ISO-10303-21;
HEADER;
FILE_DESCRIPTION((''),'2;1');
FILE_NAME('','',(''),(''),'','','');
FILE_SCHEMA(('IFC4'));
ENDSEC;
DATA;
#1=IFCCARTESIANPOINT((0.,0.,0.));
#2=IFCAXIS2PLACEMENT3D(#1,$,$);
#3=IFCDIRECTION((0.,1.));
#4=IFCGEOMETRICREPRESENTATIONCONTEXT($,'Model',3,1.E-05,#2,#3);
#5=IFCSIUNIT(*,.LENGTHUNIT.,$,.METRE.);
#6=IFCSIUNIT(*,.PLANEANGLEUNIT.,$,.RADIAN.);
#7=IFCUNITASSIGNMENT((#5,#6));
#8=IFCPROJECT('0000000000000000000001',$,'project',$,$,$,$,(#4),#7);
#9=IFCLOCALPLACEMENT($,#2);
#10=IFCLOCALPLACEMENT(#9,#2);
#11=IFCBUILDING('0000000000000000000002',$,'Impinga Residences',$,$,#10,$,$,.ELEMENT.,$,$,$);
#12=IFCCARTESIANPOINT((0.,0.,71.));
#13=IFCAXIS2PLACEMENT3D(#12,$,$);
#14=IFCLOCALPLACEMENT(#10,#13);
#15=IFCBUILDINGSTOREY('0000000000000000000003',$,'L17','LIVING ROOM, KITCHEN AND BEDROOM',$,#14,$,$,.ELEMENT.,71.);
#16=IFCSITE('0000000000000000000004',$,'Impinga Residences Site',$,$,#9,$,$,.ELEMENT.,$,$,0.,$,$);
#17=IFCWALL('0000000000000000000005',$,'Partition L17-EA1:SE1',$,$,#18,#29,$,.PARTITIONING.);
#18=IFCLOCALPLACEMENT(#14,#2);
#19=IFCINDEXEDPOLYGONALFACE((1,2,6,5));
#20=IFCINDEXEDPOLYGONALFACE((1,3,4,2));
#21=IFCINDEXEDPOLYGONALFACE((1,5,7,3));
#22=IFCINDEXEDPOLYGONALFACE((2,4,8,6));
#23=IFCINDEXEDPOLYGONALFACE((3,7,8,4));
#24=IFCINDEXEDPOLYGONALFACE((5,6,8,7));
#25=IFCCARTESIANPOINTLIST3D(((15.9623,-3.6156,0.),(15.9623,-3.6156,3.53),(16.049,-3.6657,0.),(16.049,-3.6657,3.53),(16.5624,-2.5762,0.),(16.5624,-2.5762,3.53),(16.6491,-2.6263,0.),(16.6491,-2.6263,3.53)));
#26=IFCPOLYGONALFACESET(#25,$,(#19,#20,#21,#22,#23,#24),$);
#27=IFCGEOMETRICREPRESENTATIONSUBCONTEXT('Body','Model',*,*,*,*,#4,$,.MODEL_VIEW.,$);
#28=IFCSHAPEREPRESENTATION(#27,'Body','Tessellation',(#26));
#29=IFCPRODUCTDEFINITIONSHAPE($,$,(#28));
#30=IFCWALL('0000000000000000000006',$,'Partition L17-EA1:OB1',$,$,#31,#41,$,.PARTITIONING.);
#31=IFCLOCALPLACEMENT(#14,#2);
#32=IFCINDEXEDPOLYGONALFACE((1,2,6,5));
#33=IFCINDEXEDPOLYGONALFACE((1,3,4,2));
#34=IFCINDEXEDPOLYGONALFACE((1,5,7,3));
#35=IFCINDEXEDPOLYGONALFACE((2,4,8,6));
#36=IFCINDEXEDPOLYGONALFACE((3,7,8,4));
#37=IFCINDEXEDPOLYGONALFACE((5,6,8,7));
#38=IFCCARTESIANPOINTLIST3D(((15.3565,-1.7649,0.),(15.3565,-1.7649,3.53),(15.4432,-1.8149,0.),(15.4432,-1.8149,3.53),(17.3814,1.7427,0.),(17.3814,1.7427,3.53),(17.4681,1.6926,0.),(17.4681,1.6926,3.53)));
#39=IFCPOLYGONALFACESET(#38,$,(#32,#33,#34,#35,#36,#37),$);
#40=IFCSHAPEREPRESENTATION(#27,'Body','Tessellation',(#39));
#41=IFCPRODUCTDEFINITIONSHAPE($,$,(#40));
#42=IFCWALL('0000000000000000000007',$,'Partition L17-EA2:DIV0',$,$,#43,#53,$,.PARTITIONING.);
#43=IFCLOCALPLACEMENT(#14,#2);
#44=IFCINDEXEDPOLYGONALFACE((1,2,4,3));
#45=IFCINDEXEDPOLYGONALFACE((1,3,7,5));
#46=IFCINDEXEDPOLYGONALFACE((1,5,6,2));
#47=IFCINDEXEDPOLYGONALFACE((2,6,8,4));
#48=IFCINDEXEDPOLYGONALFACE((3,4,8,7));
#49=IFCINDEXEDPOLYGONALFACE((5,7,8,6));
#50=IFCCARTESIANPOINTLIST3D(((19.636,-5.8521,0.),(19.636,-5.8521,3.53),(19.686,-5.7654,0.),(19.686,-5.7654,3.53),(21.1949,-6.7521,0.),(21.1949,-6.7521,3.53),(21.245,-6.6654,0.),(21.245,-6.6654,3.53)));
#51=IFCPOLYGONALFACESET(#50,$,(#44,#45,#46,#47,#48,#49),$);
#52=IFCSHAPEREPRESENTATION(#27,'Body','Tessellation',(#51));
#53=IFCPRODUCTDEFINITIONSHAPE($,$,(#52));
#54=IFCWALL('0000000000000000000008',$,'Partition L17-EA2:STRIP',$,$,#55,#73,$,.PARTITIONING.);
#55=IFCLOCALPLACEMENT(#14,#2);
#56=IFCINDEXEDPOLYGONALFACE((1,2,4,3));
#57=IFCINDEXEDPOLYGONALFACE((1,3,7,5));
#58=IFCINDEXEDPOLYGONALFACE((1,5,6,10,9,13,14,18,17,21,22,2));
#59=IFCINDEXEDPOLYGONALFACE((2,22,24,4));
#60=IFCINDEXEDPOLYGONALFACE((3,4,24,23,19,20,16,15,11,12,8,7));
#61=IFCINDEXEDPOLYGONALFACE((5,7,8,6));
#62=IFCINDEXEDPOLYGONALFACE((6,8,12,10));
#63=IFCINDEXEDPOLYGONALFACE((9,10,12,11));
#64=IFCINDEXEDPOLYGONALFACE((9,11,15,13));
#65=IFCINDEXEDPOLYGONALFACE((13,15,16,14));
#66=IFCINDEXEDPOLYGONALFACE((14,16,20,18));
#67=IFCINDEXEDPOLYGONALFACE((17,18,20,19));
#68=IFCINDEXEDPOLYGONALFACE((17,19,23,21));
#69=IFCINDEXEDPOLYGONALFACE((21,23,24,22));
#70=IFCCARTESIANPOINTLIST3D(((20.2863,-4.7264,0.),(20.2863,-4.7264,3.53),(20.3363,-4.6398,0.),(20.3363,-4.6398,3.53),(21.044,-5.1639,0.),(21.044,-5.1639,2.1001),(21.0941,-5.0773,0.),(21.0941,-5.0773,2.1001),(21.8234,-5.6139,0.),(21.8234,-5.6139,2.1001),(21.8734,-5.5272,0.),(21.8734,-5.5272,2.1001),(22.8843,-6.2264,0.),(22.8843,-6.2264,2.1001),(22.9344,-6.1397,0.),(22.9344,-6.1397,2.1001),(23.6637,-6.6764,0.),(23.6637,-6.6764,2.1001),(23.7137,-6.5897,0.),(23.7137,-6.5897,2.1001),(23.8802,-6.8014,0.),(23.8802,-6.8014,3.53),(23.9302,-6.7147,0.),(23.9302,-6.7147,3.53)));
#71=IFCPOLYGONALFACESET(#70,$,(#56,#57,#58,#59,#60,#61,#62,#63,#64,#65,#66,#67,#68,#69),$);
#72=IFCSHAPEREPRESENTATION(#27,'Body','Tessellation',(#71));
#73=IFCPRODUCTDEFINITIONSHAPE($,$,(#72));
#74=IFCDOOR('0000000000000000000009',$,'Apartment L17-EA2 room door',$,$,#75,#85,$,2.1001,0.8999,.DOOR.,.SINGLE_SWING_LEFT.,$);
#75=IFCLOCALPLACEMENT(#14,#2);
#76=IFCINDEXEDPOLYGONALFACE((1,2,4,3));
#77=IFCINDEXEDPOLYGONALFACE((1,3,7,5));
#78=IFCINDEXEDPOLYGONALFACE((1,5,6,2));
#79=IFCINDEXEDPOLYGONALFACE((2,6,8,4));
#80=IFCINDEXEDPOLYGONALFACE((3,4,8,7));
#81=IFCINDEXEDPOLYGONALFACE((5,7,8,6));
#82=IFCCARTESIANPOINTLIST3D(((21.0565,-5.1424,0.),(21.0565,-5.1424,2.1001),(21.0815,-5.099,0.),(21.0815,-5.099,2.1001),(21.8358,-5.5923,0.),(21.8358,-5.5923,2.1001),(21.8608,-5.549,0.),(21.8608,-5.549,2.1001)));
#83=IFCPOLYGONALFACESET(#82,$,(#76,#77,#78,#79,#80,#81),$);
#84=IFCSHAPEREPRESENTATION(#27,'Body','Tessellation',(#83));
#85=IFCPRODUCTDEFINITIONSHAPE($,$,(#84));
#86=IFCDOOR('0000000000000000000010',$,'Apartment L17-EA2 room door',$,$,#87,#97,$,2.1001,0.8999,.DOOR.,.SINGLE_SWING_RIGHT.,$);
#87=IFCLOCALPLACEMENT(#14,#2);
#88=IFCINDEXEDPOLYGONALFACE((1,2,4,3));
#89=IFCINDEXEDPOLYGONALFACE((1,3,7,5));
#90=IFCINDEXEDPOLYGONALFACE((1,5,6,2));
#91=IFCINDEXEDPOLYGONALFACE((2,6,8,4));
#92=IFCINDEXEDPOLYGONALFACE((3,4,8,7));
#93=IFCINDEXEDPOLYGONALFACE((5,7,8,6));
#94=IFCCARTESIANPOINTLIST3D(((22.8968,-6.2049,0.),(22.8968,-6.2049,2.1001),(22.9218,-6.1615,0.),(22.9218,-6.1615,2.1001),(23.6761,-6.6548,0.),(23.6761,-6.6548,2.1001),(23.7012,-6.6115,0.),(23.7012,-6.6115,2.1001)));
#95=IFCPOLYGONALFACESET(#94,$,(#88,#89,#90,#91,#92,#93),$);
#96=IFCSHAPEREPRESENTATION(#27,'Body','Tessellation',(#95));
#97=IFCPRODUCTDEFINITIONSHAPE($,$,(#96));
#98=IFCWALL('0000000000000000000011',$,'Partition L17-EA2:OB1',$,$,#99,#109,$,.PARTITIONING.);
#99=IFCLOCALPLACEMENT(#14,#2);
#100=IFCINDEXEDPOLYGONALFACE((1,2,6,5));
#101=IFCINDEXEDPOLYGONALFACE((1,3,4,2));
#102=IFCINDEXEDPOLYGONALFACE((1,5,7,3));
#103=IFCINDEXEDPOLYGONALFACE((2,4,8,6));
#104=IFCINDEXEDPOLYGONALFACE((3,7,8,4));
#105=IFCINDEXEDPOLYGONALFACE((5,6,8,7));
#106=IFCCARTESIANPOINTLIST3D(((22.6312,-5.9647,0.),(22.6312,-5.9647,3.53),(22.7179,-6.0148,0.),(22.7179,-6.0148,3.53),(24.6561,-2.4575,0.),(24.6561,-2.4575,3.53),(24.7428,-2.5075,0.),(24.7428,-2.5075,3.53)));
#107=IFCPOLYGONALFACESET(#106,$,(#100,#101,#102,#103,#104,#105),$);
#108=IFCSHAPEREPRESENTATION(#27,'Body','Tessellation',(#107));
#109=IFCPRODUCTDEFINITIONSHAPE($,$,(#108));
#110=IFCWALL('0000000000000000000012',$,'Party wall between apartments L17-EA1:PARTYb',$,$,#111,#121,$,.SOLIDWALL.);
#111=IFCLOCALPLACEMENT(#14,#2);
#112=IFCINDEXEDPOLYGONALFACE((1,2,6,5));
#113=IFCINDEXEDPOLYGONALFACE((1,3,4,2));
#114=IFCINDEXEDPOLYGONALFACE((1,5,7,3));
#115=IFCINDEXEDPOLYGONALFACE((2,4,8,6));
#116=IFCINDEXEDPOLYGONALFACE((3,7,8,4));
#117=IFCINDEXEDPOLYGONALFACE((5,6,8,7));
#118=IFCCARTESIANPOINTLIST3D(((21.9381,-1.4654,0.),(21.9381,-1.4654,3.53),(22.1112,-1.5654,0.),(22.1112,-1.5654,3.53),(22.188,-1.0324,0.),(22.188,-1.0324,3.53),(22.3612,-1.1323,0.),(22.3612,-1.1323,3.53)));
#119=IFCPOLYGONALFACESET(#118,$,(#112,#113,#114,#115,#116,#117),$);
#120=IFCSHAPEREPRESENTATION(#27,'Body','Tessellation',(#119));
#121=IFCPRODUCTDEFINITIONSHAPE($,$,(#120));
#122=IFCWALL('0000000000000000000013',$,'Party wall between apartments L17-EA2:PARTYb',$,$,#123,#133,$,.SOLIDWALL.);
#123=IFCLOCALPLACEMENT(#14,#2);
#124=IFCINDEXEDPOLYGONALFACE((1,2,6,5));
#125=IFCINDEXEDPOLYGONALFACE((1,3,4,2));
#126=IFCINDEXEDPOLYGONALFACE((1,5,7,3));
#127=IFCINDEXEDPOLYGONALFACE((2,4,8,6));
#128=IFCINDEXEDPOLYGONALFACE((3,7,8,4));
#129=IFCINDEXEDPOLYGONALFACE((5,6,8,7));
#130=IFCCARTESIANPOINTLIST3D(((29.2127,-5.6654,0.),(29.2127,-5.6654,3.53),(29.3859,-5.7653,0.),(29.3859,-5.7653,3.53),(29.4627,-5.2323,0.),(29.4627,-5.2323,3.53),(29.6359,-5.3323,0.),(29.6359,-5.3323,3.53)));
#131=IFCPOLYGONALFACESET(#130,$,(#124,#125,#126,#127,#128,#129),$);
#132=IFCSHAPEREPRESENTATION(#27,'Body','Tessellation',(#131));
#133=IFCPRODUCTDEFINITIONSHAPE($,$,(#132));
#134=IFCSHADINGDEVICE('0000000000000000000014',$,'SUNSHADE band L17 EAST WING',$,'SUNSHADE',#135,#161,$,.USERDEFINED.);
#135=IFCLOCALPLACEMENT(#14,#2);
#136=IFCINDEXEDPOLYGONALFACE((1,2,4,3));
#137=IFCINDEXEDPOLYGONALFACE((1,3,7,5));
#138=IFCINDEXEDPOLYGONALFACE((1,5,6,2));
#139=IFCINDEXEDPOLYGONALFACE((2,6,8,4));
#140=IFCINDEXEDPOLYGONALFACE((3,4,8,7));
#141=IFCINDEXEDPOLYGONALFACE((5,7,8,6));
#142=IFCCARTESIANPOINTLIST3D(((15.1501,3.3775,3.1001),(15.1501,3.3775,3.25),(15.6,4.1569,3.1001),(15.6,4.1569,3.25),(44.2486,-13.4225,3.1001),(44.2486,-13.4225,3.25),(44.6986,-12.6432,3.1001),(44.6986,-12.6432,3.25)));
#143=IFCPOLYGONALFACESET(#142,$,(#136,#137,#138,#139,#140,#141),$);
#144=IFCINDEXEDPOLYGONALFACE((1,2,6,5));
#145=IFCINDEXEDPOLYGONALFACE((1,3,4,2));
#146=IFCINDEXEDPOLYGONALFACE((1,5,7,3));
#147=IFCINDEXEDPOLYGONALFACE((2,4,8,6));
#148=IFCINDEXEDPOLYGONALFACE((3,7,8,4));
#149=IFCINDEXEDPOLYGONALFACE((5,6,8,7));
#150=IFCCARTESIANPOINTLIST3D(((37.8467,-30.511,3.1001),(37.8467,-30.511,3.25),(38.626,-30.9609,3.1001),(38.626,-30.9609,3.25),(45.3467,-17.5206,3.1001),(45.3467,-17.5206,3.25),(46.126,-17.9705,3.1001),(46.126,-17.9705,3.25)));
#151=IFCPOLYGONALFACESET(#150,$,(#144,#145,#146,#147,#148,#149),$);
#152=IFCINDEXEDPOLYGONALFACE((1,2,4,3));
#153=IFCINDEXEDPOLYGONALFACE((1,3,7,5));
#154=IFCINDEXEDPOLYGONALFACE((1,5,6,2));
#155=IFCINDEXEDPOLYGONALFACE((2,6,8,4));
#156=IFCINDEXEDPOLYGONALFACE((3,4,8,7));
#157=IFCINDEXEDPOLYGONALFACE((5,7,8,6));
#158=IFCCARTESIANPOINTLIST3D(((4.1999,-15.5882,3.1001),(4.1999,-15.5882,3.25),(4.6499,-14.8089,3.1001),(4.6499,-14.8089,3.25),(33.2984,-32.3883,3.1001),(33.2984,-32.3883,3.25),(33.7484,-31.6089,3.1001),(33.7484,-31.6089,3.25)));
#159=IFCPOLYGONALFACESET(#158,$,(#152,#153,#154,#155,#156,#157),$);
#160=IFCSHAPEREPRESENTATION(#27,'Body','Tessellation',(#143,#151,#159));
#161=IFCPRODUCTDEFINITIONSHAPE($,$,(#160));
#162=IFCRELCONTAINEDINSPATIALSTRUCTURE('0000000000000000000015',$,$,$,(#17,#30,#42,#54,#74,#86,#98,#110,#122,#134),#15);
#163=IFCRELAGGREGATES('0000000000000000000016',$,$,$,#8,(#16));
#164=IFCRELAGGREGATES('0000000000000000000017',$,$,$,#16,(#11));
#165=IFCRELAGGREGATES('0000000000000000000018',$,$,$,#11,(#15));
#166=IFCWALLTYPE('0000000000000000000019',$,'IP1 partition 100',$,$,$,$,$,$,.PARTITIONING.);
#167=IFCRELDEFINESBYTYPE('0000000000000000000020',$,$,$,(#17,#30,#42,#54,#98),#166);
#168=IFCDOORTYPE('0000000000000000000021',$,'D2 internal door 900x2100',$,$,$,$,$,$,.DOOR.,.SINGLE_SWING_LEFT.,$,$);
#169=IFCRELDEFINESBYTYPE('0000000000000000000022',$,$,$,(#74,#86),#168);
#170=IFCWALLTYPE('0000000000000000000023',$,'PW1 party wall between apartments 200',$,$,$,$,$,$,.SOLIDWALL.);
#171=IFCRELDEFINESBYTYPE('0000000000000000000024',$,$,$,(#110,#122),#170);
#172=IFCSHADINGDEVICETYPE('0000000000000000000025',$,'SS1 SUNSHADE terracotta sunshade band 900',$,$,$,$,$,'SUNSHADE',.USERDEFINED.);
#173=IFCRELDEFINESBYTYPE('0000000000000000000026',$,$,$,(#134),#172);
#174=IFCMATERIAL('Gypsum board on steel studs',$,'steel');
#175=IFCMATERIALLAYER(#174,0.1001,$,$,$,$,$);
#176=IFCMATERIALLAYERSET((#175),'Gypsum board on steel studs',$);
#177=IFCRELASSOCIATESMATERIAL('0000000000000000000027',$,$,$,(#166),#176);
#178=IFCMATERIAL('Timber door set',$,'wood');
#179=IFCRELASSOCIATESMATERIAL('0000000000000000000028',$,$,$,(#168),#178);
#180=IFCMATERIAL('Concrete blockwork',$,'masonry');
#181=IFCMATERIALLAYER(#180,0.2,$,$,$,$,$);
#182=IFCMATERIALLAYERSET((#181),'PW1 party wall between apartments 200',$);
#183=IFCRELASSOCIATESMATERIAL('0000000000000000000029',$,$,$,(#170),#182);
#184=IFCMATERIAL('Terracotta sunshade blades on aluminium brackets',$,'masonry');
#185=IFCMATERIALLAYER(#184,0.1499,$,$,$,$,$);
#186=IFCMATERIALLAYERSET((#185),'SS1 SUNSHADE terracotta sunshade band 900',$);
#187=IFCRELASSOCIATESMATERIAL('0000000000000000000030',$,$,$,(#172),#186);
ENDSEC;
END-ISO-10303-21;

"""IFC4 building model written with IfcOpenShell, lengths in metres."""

from ifc_helpers import new_model, si_unit, direction, frame, frame_2d, origin, origin_2d, place, context, subcontext, project, spatial, rectangle, extrude, material, layer, layer_set, type_object, element, fill, save


model = new_model("IFC4")

# Units and contexts
model_context = context("Model", 3, precision=1e-05, world=origin(), true_north=direction((0.0, 1.0)))
body_context = subcontext(model_context, "Body", "Model", "MODEL_VIEW")
ifc_project = project(units=[si_unit("LENGTHUNIT", "METRE"), si_unit("PLANEANGLEUNIT", "RADIAN")], contexts=[model_context])

# Site, building, storey
site_placement = place(None, origin())
site = spatial("IfcSite", under=ifc_project, at=site_placement, Name="Impinga Residences Site", CompositionType="ELEMENT", RefElevation=0.0)
building_placement = place(site_placement, origin())
building = spatial("IfcBuilding", under=site, at=building_placement, Name="Impinga Residences", CompositionType="ELEMENT")
storey_placement = place(building_placement, frame((0.0, 0.0, 71.0)))
storey = spatial("IfcBuildingStorey", under=building, at=storey_placement, Name="L17", Description="LIVING ROOM, KITCHEN AND BEDROOM", CompositionType="ELEMENT", Elevation=71.0)

# Walls
ifc_material_1 = material(Name="Gypsum board on steel studs", Category="steel")
ifc_layer_1 = layer(ifc_material_1, 0.1001)
ifc_layer_set_1 = layer_set([ifc_layer_1], Name="Gypsum board on steel studs")
wall_type_1 = type_object("IfcWallType", Name="IP1 partition 100", PredefinedType="PARTITIONING", material=ifc_layer_set_1)
wall_1_placement = place(storey_placement, frame((16.0056, -3.6406, 0.0), z_axis=(0.0, 0.0, 1.0), x_axis=(0.500034, 0.866006, 0.0)))
element("IfcWall", 1, at=wall_1_placement, inside=storey, type_object=wall_type_1, Name="Partition L17-EA1:SE1", PredefinedType="PARTITIONING", context=body_context, shape_type="SweptSolid", body=[
    extrude(rectangle(XDim=1.2002, YDim=0.1001, at=frame_2d((0.6001, 0.0))), origin(), (0.0, 0.0, 1.0), 3.53),
])
wall_2_placement = place(storey_placement, frame((15.3999, -1.7898, 0.0), z_axis=(0.0, 0.0, 1.0), x_axis=(0.499964, 0.866046, 0.0)))
element("IfcWall", 2, at=wall_2_placement, inside=storey, type_object=wall_type_1, Name="Partition L17-EA1:OB1", PredefinedType="PARTITIONING", context=body_context, shape_type="SweptSolid", body=[
    extrude(rectangle(XDim=4.05, YDim=0.1001, at=frame_2d((2.0249, 0.0))), origin(), (0.0, 0.0, 1.0), 3.53),
])
wall_3_placement = place(storey_placement, frame((19.6611, -5.8088, 0.0), z_axis=(0.0, 0.0, 1.0), x_axis=(0.866048, -0.499961, 0.0)))
element("IfcWall", 3, at=wall_3_placement, inside=storey, type_object=wall_type_1, Name="Partition L17-EA2:DIV0", PredefinedType="PARTITIONING", context=body_context, shape_type="SweptSolid", body=[
    extrude(rectangle(XDim=1.8, YDim=0.1001, at=frame_2d((0.8999, 0.0))), origin(), (0.0, 0.0, 1.0), 3.53),
])

# Wall, openings, doors
wall_4_placement = place(storey_placement, frame((20.3113, -4.6831, 0.0), z_axis=(0.0, 0.0, 1.0), x_axis=(0.86603, -0.499992, 0.0)))
wall_4 = element("IfcWall", 4, at=wall_4_placement, inside=storey, type_object=wall_type_1, Name="Partition L17-EA2:STRIP", PredefinedType="PARTITIONING", context=body_context, shape_type="SweptSolid", body=[
    extrude(rectangle(XDim=4.1499, YDim=0.1001, at=frame_2d((2.075, 0.0))), origin(), (0.0, 0.0, 1.0), 3.53),
])
opening_1_placement = place(wall_4_placement, frame((0.875, 0.0, 0.0)))
opening_1 = element("IfcOpeningElement", 5, at=opening_1_placement, cuts=wall_4, PredefinedType="OPENING", context=body_context, shape_type="SweptSolid", body=[
    extrude(rectangle(XDim=0.8999, YDim=2.1001, at=frame_2d((0.45, 1.05))), frame((0.0, 0.0601, 0.0), z_axis=(0.0, -1.0, 0.0), x_axis=(1.0, 0.0, 0.0)), (0.0, 0.0, 1.0), 0.1201),
])
opening_2_placement = place(wall_4_placement, frame((3.0, 0.0, 0.0)))
opening_2 = element("IfcOpeningElement", 6, at=opening_2_placement, cuts=wall_4, PredefinedType="OPENING", context=body_context, shape_type="SweptSolid", body=[
    extrude(rectangle(XDim=0.8999, YDim=2.1001, at=frame_2d((0.45, 1.05))), frame((0.0, 0.0601, 0.0), z_axis=(0.0, -1.0, 0.0), x_axis=(1.0, 0.0, 0.0)), (0.0, 0.0, 1.0), 0.1201),
])
ifc_material_2 = material(Name="Timber door set", Category="wood")
door_type = type_object("IfcDoorType", Name="D2 internal door 900x2100", OperationType="SINGLE_SWING_LEFT", PredefinedType="DOOR", material=ifc_material_2)
door_1_placement = place(opening_1_placement, origin())
door_1 = element("IfcDoor", 7, at=door_1_placement, inside=storey, type_object=door_type, Name="Apartment L17-EA2 room door", OperationType="SINGLE_SWING_LEFT", OverallHeight=2.1001, OverallWidth=0.8999, PredefinedType="DOOR", context=body_context, shape_type="SweptSolid", body=[
    extrude(rectangle(XDim=0.8999, YDim=2.1001, at=frame_2d((0.45, 1.05))), frame((0.0, 0.0249, 0.0), z_axis=(0.0, -1.0, 0.0), x_axis=(1.0, 0.0, 0.0)), (0.0, 0.0, 1.0), 0.05),
])
fill(opening_1, door_1)
door_2_placement = place(opening_2_placement, origin())
door_2 = element("IfcDoor", 8, at=door_2_placement, inside=storey, type_object=door_type, Name="Apartment L17-EA2 room door", OperationType="SINGLE_SWING_RIGHT", OverallHeight=2.1001, OverallWidth=0.8999, PredefinedType="DOOR", context=body_context, shape_type="SweptSolid", body=[
    extrude(rectangle(XDim=0.8999, YDim=2.1001, at=frame_2d((0.45, 1.05))), frame((0.0, 0.0249, 0.0), z_axis=(0.0, -1.0, 0.0), x_axis=(1.0, 0.0, 0.0)), (0.0, 0.0, 1.0), 0.05),
])
fill(opening_2, door_2)

# Walls
wall_5_placement = place(storey_placement, frame((22.6746, -5.9897, 0.0), z_axis=(0.0, 0.0, 1.0), x_axis=(0.49999, 0.866031, 0.0)))
element("IfcWall", 9, at=wall_5_placement, inside=storey, type_object=wall_type_1, Name="Partition L17-EA2:OB1", PredefinedType="PARTITIONING", context=body_context, shape_type="SweptSolid", body=[
    extrude(rectangle(XDim=4.0498, YDim=0.1001, at=frame_2d((2.0249, 0.0))), origin(), (0.0, 0.0, 1.0), 3.53),
])
ifc_material_3 = material(Name="Concrete blockwork", Category="masonry")
ifc_layer_2 = layer(ifc_material_3, 0.2)
ifc_layer_set_2 = layer_set([ifc_layer_2], Name="PW1 party wall between apartments 200")
wall_type_2 = type_object("IfcWallType", Name="PW1 party wall between apartments 200", PredefinedType="SOLIDWALL", material=ifc_layer_set_2)
for number, where, z_axis, x_axis, name in (
    (10, (22.0247, -1.5154, 0.0), (0.0, 0.0, 1.0), (0.49992, 0.866072, 0.0), "Party wall between apartments L17-EA1:PARTYb"),
    (11, (29.2993, -5.7153, 0.0), (0.0, 0.0, 1.0), (0.49992, 0.866072, 0.0), "Party wall between apartments L17-EA2:PARTYb"),
):
    element("IfcWall", number, at=place(storey_placement, frame(where, z_axis=z_axis, x_axis=x_axis)), inside=storey, type_object=wall_type_2, Name=name, PredefinedType="SOLIDWALL", context=body_context, shape_type="SweptSolid", body=[
        extrude(rectangle(XDim=0.5, YDim=0.2, at=frame_2d((0.25, 0.0))), origin(), (0.0, 0.0, 1.0), 3.53),
    ])

# Shading device
ifc_material_4 = material(Name="Terracotta sunshade blades on aluminium brackets", Category="masonry")
ifc_layer_3 = layer(ifc_material_4, 0.1499)
ifc_layer_set_3 = layer_set([ifc_layer_3], Name="SS1 SUNSHADE terracotta sunshade band 900")
shading_device_type = type_object("IfcShadingDeviceType", Name="SS1 SUNSHADE terracotta sunshade band 900", ElementType="SUNSHADE", PredefinedType="USERDEFINED", material=ifc_layer_set_3)
shading_device_placement = place(storey_placement, frame((29.9243, -4.6328, 3.1001), z_axis=(0.0, 0.0, 1.0), x_axis=(0.866025, -0.5, 0.0)))
element("IfcShadingDevice", 12, at=shading_device_placement, inside=storey, type_object=shading_device_type, Name="SUNSHADE band L17 EAST WING", ObjectType="SUNSHADE", PredefinedType="USERDEFINED", context=body_context, shape_type="SweptSolid", body=[
    extrude(rectangle(XDim=33.6001, YDim=0.8999, at=origin_2d()), origin(), (0.0, 0.0, 1.0), 0.1499),
    extrude(rectangle(XDim=15.0, YDim=0.8999, at=origin_2d()), frame((20.25, -10.95, 0.0), z_axis=(0.0, 0.0, 1.0), x_axis=(0.0, -1.0, 0.0)), (0.0, 0.0, 1.0), 0.1499),
    extrude(rectangle(XDim=33.6001, YDim=0.8999, at=origin_2d()), frame((-0.0002, -21.8999, 0.0), z_axis=(0.0, 0.0, 1.0), x_axis=(-1.0, 0.0, 0.0)), (0.0, 0.0, 1.0), 0.1499),
])

save(model, "model.ifc")
